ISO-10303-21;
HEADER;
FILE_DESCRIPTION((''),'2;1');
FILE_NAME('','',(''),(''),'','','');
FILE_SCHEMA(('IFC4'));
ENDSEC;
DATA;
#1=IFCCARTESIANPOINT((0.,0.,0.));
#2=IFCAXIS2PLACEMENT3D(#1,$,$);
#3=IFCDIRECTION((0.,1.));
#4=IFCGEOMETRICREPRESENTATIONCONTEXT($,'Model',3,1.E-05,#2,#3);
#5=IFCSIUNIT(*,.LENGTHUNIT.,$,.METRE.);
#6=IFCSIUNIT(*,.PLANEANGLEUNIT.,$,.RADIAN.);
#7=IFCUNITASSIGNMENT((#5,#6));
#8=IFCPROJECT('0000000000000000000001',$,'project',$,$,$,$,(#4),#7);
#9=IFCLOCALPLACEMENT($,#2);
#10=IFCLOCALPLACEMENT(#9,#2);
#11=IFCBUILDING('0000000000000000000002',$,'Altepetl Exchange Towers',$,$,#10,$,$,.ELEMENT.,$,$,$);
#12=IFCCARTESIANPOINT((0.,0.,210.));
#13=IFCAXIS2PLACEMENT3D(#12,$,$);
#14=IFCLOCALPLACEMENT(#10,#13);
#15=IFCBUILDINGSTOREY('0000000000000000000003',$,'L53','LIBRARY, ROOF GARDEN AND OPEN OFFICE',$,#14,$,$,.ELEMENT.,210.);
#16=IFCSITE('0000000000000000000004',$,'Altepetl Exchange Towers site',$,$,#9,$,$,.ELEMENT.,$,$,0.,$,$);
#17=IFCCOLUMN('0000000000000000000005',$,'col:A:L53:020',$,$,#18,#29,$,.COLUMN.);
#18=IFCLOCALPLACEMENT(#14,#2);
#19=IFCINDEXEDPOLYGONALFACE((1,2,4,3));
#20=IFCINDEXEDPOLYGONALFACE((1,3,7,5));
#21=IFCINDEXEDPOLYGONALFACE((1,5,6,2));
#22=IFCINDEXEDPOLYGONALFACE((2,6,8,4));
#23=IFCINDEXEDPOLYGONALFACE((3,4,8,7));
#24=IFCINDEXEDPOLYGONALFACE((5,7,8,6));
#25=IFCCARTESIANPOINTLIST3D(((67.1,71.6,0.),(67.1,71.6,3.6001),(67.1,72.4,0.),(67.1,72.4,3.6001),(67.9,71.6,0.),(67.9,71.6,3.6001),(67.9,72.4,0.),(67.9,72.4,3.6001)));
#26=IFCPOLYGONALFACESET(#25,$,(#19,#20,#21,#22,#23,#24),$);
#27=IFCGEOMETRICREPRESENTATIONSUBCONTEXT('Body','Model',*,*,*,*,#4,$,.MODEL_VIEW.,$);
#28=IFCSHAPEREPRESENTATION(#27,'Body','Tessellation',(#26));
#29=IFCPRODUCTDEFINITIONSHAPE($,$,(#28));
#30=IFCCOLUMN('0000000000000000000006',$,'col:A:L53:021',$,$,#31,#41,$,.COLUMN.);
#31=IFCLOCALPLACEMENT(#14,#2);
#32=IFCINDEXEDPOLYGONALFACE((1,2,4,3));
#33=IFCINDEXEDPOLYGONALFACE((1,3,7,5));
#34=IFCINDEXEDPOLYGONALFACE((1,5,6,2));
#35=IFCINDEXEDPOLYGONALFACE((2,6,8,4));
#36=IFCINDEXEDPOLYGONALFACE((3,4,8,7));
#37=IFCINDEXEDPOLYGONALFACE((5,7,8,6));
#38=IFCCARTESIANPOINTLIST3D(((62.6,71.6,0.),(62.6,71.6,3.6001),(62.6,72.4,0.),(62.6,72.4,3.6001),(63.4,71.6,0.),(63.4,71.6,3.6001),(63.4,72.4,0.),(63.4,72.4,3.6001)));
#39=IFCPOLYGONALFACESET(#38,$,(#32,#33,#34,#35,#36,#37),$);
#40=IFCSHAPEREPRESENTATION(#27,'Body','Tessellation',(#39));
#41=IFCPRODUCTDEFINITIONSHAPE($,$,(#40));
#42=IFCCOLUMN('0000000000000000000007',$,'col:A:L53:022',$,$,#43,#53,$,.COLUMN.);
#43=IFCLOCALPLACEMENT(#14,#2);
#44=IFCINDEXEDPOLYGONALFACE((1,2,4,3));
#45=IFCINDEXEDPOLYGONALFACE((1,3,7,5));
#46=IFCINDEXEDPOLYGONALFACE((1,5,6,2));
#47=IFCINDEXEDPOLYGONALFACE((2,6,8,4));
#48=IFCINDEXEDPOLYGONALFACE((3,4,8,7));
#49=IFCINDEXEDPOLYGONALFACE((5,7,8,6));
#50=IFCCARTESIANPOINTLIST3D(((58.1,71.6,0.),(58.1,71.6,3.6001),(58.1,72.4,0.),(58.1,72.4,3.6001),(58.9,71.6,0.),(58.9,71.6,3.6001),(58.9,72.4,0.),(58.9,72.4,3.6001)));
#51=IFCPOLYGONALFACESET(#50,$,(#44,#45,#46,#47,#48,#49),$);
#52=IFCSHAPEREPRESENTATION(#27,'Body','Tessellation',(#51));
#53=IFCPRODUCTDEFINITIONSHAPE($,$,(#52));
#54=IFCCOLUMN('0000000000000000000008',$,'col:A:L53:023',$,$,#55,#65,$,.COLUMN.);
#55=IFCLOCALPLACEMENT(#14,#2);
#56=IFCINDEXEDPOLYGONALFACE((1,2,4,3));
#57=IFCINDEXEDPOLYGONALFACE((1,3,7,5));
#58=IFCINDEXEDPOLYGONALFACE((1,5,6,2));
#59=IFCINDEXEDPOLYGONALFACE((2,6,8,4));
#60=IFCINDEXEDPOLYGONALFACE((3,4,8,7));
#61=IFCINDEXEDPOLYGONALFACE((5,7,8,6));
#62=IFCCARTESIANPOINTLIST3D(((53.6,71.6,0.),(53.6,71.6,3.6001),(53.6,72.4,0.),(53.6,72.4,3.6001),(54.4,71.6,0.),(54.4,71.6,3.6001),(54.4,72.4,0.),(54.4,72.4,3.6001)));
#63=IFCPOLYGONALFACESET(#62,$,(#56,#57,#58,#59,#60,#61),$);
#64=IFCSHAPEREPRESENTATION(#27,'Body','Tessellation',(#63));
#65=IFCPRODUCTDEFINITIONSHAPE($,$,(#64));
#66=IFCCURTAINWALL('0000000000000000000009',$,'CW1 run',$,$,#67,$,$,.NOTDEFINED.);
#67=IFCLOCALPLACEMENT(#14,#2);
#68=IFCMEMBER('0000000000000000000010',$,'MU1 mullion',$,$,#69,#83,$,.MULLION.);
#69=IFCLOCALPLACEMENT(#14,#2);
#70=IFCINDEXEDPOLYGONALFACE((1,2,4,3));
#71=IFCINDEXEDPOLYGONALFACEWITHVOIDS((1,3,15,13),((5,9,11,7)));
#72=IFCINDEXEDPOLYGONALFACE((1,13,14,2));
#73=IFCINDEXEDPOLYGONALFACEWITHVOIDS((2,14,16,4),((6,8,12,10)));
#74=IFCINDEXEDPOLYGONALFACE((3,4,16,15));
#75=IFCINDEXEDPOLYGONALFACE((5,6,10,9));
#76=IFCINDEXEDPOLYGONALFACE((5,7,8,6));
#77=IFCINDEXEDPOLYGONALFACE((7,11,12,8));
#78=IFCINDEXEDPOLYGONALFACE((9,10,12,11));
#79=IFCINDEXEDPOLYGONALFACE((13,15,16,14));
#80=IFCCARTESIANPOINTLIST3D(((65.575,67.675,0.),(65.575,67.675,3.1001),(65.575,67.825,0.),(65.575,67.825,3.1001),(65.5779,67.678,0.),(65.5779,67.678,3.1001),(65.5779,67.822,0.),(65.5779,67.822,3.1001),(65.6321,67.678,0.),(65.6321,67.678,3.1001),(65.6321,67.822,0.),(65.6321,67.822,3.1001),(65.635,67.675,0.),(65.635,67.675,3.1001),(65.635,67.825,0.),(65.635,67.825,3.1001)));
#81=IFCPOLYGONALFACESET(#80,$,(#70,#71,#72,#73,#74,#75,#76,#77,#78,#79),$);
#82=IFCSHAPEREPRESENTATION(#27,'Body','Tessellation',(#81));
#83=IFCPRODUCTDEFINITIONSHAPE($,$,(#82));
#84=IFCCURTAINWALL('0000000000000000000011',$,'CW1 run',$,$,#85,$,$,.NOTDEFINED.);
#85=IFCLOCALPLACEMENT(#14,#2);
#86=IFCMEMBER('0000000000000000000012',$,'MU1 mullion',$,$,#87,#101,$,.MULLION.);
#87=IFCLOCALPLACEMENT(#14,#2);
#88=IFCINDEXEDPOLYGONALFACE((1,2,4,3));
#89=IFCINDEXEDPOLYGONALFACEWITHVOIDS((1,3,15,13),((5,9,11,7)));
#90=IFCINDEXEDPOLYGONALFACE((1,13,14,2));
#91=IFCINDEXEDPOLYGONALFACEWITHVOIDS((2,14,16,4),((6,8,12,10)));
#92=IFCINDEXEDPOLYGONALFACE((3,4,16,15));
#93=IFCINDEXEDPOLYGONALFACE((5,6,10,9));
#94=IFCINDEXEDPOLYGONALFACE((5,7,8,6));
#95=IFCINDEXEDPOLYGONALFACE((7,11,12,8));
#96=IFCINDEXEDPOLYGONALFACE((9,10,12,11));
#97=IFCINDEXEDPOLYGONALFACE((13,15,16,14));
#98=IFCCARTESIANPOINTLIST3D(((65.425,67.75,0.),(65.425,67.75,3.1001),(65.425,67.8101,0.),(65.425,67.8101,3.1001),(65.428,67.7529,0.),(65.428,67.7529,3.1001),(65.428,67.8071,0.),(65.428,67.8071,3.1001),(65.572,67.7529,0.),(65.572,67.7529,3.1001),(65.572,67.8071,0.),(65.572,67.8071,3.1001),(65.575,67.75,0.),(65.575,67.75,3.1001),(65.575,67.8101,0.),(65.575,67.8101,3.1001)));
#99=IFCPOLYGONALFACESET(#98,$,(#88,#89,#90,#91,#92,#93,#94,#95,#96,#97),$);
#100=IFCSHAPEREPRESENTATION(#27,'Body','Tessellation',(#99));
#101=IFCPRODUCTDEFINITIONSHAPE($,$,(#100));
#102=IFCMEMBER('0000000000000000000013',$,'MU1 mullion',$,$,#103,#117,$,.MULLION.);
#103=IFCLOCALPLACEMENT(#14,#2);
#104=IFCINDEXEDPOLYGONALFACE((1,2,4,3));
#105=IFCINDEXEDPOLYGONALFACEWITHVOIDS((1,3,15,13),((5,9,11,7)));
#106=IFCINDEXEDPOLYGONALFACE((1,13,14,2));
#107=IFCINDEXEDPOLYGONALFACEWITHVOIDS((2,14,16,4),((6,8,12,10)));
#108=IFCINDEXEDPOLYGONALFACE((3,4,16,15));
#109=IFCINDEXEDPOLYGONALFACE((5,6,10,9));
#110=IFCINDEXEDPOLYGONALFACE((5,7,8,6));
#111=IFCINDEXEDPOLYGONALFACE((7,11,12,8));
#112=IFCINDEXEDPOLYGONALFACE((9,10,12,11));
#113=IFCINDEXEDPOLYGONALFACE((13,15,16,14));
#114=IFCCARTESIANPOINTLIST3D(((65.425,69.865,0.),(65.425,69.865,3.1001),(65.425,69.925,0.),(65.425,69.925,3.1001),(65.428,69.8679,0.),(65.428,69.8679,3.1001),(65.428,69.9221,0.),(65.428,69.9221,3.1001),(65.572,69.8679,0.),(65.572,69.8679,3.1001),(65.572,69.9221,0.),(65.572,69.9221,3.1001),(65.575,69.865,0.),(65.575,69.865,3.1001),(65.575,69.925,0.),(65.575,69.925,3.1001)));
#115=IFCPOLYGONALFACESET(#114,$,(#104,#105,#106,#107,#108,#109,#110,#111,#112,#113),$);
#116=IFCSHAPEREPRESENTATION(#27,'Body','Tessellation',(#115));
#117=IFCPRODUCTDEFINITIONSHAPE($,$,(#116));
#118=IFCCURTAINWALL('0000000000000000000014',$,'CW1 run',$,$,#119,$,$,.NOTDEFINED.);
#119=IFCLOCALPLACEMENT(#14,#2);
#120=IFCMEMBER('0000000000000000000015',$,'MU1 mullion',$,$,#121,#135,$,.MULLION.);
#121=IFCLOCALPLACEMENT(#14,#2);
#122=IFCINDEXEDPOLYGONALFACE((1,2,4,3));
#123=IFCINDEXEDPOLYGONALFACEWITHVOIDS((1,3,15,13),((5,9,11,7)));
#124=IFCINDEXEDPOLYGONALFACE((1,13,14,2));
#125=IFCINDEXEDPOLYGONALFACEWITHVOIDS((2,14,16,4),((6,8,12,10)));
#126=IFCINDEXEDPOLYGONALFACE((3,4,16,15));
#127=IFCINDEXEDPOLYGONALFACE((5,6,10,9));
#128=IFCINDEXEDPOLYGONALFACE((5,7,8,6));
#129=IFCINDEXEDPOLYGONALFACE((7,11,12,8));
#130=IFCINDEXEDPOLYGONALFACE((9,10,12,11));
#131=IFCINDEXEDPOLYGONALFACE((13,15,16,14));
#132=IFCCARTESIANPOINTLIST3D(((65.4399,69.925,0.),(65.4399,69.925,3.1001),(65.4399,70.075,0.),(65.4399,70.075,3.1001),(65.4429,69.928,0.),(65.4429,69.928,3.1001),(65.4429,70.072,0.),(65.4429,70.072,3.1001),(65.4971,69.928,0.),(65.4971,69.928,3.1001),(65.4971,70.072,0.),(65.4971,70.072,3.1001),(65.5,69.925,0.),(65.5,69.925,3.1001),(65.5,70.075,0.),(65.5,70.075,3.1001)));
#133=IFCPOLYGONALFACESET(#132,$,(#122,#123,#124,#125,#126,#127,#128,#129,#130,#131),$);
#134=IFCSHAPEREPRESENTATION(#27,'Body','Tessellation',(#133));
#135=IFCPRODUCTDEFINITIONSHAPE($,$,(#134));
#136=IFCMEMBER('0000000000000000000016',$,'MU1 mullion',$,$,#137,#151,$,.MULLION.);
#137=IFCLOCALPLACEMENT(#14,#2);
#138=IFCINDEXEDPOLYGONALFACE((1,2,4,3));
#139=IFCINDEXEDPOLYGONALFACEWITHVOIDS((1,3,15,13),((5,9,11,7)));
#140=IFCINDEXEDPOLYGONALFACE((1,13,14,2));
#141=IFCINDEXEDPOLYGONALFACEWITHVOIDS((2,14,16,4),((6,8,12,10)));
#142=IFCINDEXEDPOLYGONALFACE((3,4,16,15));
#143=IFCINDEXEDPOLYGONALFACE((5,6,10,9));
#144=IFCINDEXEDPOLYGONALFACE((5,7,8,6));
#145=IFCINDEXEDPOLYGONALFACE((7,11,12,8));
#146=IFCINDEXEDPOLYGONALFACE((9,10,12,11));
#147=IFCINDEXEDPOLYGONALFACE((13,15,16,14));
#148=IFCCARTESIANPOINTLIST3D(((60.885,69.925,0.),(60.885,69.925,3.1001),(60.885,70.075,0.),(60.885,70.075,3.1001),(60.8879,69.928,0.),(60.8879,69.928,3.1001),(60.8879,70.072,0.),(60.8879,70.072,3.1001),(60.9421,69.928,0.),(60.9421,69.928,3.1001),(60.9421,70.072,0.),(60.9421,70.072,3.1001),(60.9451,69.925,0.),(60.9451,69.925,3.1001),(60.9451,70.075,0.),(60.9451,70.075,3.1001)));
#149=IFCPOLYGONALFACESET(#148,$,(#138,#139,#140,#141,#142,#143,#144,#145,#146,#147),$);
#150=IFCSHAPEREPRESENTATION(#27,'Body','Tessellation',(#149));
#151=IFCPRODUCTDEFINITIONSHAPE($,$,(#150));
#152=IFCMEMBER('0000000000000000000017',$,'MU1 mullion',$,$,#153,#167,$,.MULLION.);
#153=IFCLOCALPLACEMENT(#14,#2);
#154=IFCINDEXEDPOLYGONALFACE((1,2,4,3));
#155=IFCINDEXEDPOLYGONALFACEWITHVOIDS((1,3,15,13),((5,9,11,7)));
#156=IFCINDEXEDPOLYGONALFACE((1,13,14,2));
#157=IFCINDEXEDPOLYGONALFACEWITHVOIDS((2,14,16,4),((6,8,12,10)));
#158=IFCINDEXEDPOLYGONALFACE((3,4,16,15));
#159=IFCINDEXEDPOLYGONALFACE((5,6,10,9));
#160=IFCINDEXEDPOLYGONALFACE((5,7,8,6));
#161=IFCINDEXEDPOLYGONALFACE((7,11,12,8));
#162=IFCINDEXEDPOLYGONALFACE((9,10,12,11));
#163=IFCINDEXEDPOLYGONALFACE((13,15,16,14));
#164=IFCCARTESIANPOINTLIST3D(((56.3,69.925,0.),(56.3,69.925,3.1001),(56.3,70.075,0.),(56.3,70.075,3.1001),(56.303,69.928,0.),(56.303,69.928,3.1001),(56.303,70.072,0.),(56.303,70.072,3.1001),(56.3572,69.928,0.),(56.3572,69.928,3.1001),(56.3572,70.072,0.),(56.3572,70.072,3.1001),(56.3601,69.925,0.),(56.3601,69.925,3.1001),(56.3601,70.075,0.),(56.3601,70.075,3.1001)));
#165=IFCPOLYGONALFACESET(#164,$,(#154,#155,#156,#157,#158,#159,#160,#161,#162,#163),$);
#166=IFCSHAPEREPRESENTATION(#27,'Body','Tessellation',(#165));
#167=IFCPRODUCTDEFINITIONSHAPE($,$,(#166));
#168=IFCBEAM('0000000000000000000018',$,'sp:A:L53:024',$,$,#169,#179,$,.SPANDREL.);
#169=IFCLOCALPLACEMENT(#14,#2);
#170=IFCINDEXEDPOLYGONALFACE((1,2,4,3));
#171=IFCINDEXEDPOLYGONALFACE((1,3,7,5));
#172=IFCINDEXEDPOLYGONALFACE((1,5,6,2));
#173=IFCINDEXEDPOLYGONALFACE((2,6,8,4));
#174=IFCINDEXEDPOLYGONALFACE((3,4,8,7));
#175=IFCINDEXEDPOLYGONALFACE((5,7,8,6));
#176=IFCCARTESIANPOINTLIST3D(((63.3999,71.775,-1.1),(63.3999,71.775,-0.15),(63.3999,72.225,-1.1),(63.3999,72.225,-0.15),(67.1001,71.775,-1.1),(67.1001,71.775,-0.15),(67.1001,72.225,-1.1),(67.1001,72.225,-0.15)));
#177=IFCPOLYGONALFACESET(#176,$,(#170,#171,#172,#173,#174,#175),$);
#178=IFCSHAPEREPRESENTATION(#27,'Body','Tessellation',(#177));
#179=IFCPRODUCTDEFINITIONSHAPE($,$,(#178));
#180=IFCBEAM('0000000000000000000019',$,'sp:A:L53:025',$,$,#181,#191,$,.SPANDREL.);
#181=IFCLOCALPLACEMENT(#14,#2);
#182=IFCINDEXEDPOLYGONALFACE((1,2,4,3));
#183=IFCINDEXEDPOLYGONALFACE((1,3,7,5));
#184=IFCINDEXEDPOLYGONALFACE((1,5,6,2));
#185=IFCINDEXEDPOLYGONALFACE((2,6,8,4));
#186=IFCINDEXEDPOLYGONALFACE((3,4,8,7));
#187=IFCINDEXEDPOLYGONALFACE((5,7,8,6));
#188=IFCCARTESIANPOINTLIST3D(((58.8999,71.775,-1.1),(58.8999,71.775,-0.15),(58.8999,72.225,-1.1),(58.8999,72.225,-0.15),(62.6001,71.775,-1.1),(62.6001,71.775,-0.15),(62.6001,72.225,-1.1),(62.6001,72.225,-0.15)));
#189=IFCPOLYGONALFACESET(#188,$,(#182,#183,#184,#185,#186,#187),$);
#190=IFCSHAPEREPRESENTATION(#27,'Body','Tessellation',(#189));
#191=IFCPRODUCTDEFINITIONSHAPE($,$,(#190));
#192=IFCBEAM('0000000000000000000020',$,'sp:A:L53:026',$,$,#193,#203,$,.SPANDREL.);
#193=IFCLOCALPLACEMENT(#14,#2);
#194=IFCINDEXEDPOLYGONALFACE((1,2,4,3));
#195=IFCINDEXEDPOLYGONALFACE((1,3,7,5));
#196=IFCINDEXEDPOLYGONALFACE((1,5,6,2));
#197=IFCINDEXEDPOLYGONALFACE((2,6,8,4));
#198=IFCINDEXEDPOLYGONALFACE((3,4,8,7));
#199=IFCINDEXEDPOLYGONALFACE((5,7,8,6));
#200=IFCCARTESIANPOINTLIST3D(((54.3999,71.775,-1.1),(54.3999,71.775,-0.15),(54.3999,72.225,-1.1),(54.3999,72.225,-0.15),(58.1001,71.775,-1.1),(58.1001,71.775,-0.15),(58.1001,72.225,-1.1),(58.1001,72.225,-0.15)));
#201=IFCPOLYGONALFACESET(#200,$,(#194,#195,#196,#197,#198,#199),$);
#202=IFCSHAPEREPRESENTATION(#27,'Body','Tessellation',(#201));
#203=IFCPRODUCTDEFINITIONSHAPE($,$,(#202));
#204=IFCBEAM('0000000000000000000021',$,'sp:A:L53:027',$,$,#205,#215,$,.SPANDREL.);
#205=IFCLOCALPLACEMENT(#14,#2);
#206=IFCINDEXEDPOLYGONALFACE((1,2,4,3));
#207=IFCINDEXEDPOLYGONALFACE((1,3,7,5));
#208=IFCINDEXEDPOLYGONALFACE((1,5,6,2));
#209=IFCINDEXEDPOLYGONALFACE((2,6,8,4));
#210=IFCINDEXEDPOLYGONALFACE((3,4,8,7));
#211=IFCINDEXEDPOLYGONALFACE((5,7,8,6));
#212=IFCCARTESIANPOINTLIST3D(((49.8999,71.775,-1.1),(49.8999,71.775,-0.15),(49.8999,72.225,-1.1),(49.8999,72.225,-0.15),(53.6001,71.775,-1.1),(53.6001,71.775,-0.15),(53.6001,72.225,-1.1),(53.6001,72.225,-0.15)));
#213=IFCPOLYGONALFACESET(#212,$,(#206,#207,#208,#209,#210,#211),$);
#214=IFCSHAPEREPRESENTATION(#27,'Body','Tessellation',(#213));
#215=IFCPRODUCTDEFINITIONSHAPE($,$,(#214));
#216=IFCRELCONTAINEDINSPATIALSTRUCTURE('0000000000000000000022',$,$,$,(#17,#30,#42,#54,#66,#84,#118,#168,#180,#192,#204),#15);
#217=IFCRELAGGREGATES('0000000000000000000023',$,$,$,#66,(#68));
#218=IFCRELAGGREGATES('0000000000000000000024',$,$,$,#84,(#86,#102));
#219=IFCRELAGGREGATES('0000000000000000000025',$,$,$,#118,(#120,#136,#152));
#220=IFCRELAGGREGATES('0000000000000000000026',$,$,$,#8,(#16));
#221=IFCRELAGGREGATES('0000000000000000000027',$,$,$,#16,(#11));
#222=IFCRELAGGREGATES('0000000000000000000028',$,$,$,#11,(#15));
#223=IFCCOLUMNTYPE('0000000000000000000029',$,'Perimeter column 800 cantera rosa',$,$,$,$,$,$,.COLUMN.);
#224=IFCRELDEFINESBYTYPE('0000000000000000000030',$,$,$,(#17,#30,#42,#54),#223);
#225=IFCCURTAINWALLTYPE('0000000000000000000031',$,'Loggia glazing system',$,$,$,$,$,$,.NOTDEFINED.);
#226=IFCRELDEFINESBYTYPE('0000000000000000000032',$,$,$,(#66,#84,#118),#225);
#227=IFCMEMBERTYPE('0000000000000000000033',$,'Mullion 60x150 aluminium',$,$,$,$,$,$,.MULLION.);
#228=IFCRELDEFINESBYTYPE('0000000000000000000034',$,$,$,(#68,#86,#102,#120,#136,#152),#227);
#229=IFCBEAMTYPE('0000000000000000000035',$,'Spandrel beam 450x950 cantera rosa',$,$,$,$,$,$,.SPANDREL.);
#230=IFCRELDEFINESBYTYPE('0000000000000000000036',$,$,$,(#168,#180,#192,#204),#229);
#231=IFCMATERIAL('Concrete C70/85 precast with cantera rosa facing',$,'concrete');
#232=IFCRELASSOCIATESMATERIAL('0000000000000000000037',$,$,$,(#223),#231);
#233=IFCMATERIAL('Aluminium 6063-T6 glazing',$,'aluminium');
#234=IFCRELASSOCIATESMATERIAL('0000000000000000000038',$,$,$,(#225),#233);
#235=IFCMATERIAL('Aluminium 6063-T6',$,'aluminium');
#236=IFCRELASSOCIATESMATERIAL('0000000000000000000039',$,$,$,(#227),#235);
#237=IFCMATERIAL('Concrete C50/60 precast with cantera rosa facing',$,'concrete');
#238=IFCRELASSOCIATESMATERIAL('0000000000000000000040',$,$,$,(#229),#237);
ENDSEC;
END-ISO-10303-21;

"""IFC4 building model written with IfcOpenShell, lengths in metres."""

from ifc_helpers import new_model, si_unit, direction, frame, origin, origin_2d, place, context, subcontext, project, spatial, rectangle, hollow_rectangle, extrude, material, material_profile, profile_set, type_object, element, aggregate, save


model = new_model("IFC4")

# Units and contexts
model_context = context("Model", 3, precision=1e-05, world=origin(), true_north=direction((0.0, 1.0)))
body_context = subcontext(model_context, "Body", "Model", "MODEL_VIEW")
ifc_project = project(units=[si_unit("LENGTHUNIT", "METRE"), si_unit("PLANEANGLEUNIT", "RADIAN")], contexts=[model_context])

# Site, building, storey
site_placement = place(None, origin())
site = spatial("IfcSite", under=ifc_project, at=site_placement, Name="Altepetl Exchange Towers site", CompositionType="ELEMENT", RefElevation=0.0)
building_placement = place(site_placement, origin())
building = spatial("IfcBuilding", under=site, at=building_placement, Name="Altepetl Exchange Towers", CompositionType="ELEMENT")
storey_placement = place(building_placement, frame((0.0, 0.0, 210.0)))
storey = spatial("IfcBuildingStorey", under=building, at=storey_placement, Name="L53", Description="LIBRARY, ROOF GARDEN AND OPEN OFFICE", CompositionType="ELEMENT", Elevation=210.0)

# Columns
ifc_material_1 = material(Name="Concrete C70/85 precast with cantera rosa facing", Category="concrete")
ifc_material_profile_1 = material_profile(ifc_material_1, rectangle(XDim=0.8, YDim=0.8, at=origin_2d()), Name="800 x 800")
ifc_profile_set_1 = profile_set([ifc_material_profile_1], Name="Concrete C70/85 precast with cantera rosa facing")
column_type = type_object("IfcColumnType", Name="Perimeter column 800 cantera rosa", PredefinedType="COLUMN", material=ifc_profile_set_1)
for number, where, name in (
    (1, (67.5, 72.0, 0.0), "col:A:L53:020"),
    (2, (63.0, 72.0, 0.0), "col:A:L53:021"),
    (3, (58.5, 72.0, 0.0), "col:A:L53:022"),
    (4, (54.0, 72.0, 0.0), "col:A:L53:023"),
):
    element("IfcColumn", number, at=place(storey_placement, frame(where)), inside=storey, type_object=column_type, Name=name, PredefinedType="COLUMN", context=body_context, shape_type="SweptSolid", body=[
        extrude(rectangle(XDim=0.8, YDim=0.8, at=origin_2d()), origin(), (0.0, 0.0, 1.0), 3.6001),
    ])

# Curtain wall, member
ifc_material_2 = material(Name="Aluminium 6063-T6 glazing", Category="aluminium")
curtain_wall_type = type_object("IfcCurtainWallType", Name="Loggia glazing system", PredefinedType="NOTDEFINED", material=ifc_material_2)
curtain_wall_1_placement = place(storey_placement, origin())
curtain_wall_1 = element("IfcCurtainWall", 5, at=curtain_wall_1_placement, inside=storey, type_object=curtain_wall_type, Name="CW1 run", PredefinedType="NOTDEFINED")
ifc_material_3 = material(Name="Aluminium 6063-T6", Category="aluminium")
ifc_material_profile_2 = material_profile(ifc_material_3, hollow_rectangle(XDim=0.0601, YDim=0.1499, WallThickness=0.0029, at=origin_2d()), Name="Mullion 60x150 aluminium")
ifc_profile_set_2 = profile_set([ifc_material_profile_2], Name="Aluminium 6063-T6")
member_type = type_object("IfcMemberType", Name="Mullion 60x150 aluminium", PredefinedType="MULLION", material=ifc_profile_set_2)
member_1_placement = place(storey_placement, frame((65.605, 67.75, 0.0), z_axis=(0.0, 0.0, 1.0), x_axis=(-1.0, 0.0, 0.0)))
member_1 = element("IfcMember", 6, at=member_1_placement, type_object=member_type, Name="MU1 mullion", PredefinedType="MULLION", context=body_context, shape_type="SweptSolid", body=[
    extrude(hollow_rectangle(XDim=0.0601, YDim=0.1499, WallThickness=0.0029, at=origin_2d()), origin(), (0.0, 0.0, 1.0), 3.1001),
])

# Curtain walls, members
curtain_wall_2_placement = place(storey_placement, origin())
curtain_wall_2 = element("IfcCurtainWall", 7, at=curtain_wall_2_placement, inside=storey, type_object=curtain_wall_type, Name="CW1 run", PredefinedType="NOTDEFINED")
member_2_placement = place(storey_placement, frame((65.5, 67.78, 0.0), z_axis=(0.0, 0.0, 1.0), x_axis=(0.0, 1.0, 0.0)))
member_2 = element("IfcMember", 8, at=member_2_placement, type_object=member_type, Name="MU1 mullion", PredefinedType="MULLION", context=body_context, shape_type="SweptSolid", body=[
    extrude(hollow_rectangle(XDim=0.0601, YDim=0.1499, WallThickness=0.0029, at=origin_2d()), origin(), (0.0, 0.0, 1.0), 3.1001),
])
member_3_placement = place(storey_placement, frame((65.5, 69.895, 0.0), z_axis=(0.0, 0.0, 1.0), x_axis=(0.0, 1.0, 0.0)))
member_3 = element("IfcMember", 9, at=member_3_placement, type_object=member_type, Name="MU1 mullion", PredefinedType="MULLION", context=body_context, shape_type="SweptSolid", body=[
    extrude(hollow_rectangle(XDim=0.0601, YDim=0.1499, WallThickness=0.0029, at=origin_2d()), origin(), (0.0, 0.0, 1.0), 3.1001),
])
curtain_wall_3_placement = place(storey_placement, origin())
curtain_wall_3 = element("IfcCurtainWall", 10, at=curtain_wall_3_placement, inside=storey, type_object=curtain_wall_type, Name="CW1 run", PredefinedType="NOTDEFINED")
member_4_placement = place(storey_placement, frame((65.47, 70.0, 0.0), z_axis=(0.0, 0.0, 1.0), x_axis=(-1.0, 0.0, 0.0)))
member_4 = element("IfcMember", 11, at=member_4_placement, type_object=member_type, Name="MU1 mullion", PredefinedType="MULLION", context=body_context, shape_type="SweptSolid", body=[
    extrude(hollow_rectangle(XDim=0.0601, YDim=0.1499, WallThickness=0.0029, at=origin_2d()), origin(), (0.0, 0.0, 1.0), 3.1001),
])
member_5_placement = place(storey_placement, frame((60.915, 70.0, 0.0), z_axis=(0.0, 0.0, 1.0), x_axis=(-1.0, 0.0, 0.0)))
member_5 = element("IfcMember", 12, at=member_5_placement, type_object=member_type, Name="MU1 mullion", PredefinedType="MULLION", context=body_context, shape_type="SweptSolid", body=[
    extrude(hollow_rectangle(XDim=0.0601, YDim=0.1499, WallThickness=0.0029, at=origin_2d()), origin(), (0.0, 0.0, 1.0), 3.1001),
])
member_6_placement = place(storey_placement, frame((56.3301, 70.0, 0.0), z_axis=(0.0, 0.0, 1.0), x_axis=(-1.0, 0.0, 0.0)))
member_6 = element("IfcMember", 13, at=member_6_placement, type_object=member_type, Name="MU1 mullion", PredefinedType="MULLION", context=body_context, shape_type="SweptSolid", body=[
    extrude(hollow_rectangle(XDim=0.0601, YDim=0.1499, WallThickness=0.0029, at=origin_2d()), origin(), (0.0, 0.0, 1.0), 3.1001),
])

# Beams
ifc_material_4 = material(Name="Concrete C50/60 precast with cantera rosa facing", Category="concrete")
ifc_material_profile_3 = material_profile(ifc_material_4, rectangle(XDim=0.45, YDim=0.95, at=origin_2d()), Name="450 x 950")
ifc_profile_set_3 = profile_set([ifc_material_profile_3], Name="Concrete C50/60 precast with cantera rosa facing")
beam_type = type_object("IfcBeamType", Name="Spandrel beam 450x950 cantera rosa", PredefinedType="SPANDREL", material=ifc_profile_set_3)
for number, where, z_axis, x_axis, name in (
    (14, (67.1001, 72.0, -0.625), (-1.0, 0.0, 0.0), (0.0, -1.0, 0.0), "sp:A:L53:024"),
    (15, (62.6001, 72.0, -0.625), (-1.0, 0.0, 0.0), (0.0, -1.0, 0.0), "sp:A:L53:025"),
    (16, (58.1001, 72.0, -0.625), (-1.0, 0.0, 0.0), (0.0, -1.0, 0.0), "sp:A:L53:026"),
    (17, (53.6001, 72.0, -0.625), (-1.0, 0.0, 0.0), (0.0, -1.0, 0.0), "sp:A:L53:027"),
):
    element("IfcBeam", number, at=place(storey_placement, frame(where, z_axis=z_axis, x_axis=x_axis)), inside=storey, type_object=beam_type, Name=name, PredefinedType="SPANDREL", context=body_context, shape_type="SweptSolid", body=[
        extrude(rectangle(XDim=0.45, YDim=0.95, at=origin_2d()), origin(), (0.0, 0.0, 1.0), 3.7002),
    ])

aggregate(curtain_wall_1, [member_1])
aggregate(curtain_wall_2, [member_2, member_3])
aggregate(curtain_wall_3, [member_4, member_5, member_6])

save(model, "model.ifc")
